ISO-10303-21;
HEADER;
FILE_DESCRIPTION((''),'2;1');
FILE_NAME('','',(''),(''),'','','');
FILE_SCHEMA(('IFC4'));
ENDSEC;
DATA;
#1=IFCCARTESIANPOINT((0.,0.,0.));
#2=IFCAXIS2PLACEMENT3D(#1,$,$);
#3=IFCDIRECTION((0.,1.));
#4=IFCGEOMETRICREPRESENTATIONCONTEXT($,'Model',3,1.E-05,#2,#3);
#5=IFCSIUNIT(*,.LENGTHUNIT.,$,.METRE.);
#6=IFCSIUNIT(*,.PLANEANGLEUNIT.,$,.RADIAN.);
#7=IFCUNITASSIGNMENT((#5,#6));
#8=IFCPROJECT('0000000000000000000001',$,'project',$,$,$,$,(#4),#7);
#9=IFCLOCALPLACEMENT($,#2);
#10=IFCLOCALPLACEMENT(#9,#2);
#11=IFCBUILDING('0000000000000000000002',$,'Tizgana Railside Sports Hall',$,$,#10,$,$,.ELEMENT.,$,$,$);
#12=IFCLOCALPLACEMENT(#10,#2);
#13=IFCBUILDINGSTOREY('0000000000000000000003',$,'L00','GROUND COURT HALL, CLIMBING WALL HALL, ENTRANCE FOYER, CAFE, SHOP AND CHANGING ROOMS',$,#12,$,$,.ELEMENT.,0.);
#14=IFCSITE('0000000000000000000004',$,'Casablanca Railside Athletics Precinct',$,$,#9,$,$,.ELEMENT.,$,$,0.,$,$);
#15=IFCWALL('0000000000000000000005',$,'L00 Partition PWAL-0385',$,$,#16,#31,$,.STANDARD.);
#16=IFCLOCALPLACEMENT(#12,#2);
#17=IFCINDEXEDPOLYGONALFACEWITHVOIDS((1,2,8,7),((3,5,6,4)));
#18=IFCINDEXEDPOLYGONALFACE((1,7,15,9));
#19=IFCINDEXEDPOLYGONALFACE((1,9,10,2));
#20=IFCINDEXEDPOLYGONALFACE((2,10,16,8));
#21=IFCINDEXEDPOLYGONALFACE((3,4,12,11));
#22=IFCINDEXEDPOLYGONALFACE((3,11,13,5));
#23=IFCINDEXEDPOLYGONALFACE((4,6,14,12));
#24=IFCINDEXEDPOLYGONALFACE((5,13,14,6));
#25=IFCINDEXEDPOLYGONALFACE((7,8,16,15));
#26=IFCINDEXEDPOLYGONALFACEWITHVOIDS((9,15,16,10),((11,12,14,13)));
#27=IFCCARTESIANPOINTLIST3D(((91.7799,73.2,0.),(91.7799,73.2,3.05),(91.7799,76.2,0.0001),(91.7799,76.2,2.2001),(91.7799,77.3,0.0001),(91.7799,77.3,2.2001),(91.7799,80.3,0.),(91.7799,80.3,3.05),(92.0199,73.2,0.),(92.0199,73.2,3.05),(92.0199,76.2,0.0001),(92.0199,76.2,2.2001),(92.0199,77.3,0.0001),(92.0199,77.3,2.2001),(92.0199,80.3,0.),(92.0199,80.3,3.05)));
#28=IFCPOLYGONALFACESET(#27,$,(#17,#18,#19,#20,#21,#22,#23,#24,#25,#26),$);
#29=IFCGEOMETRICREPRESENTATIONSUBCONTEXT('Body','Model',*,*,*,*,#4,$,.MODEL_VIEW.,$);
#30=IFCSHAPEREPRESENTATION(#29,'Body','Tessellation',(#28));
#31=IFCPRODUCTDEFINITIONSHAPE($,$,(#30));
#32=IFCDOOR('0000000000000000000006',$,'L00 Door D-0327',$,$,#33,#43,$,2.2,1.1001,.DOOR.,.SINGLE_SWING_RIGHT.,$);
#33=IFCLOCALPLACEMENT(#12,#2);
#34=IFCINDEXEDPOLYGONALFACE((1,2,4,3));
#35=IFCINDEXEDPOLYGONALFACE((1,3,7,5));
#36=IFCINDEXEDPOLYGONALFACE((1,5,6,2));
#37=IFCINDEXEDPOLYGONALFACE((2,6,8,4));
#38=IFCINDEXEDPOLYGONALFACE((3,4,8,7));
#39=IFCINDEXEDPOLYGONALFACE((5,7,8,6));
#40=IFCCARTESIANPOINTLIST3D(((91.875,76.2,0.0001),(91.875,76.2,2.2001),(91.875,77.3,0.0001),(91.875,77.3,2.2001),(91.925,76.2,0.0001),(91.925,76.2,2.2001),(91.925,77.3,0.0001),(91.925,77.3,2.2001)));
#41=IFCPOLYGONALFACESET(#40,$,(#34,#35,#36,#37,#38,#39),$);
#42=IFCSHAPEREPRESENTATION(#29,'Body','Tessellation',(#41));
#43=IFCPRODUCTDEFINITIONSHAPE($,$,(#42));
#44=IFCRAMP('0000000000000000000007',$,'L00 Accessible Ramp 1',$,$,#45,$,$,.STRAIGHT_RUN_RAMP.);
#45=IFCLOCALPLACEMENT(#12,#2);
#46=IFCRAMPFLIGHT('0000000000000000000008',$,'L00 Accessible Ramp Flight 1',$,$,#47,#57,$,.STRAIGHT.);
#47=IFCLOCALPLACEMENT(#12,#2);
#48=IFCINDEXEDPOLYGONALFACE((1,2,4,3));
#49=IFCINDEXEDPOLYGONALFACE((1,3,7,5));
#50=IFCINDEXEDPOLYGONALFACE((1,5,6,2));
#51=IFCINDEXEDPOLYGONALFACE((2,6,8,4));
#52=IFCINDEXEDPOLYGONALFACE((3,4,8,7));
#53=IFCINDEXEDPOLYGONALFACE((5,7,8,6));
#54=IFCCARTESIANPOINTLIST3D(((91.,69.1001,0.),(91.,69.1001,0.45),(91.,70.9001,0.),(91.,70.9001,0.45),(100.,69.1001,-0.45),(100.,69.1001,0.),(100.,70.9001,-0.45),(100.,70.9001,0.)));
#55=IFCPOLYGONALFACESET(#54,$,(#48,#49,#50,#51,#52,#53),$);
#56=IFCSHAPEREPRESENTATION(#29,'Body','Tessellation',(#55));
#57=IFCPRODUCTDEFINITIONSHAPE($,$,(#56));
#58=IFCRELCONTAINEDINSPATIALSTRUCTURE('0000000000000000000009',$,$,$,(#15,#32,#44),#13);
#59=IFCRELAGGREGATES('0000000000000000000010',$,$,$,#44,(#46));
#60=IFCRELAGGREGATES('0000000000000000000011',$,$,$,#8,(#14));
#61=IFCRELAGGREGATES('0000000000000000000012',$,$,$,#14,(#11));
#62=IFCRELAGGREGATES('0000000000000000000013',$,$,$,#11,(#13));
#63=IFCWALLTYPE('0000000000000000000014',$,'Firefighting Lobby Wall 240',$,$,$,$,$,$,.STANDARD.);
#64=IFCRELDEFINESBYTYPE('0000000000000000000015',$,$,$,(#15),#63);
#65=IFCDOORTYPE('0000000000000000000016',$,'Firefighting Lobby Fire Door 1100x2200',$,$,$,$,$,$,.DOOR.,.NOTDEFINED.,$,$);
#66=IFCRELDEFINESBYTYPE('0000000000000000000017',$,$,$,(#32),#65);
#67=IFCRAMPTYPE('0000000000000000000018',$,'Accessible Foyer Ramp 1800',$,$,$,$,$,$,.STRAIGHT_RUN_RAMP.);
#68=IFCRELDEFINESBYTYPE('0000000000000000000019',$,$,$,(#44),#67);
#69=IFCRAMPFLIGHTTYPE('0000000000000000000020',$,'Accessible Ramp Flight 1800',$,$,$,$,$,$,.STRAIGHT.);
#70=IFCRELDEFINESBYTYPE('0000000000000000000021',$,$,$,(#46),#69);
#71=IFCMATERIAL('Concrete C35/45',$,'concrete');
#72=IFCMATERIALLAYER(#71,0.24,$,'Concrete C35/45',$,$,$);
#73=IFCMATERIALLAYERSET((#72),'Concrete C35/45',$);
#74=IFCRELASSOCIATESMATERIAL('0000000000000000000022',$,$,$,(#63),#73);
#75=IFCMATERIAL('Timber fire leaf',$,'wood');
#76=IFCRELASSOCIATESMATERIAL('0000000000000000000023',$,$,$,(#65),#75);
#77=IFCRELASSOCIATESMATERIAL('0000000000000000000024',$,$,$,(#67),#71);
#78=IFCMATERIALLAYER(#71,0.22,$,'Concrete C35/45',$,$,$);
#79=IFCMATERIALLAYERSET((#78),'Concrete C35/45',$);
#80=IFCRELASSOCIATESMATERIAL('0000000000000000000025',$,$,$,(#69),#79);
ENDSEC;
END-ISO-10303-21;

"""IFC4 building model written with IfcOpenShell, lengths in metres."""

from ifc_helpers import new_model, si_unit, direction, frame, frame_2d, origin, place, context, subcontext, project, spatial, polyline, rectangle, outline, extrude, material, layer, layer_set, type_object, element, fill, aggregate, save


model = new_model("IFC4")

# Units and contexts
model_context = context("Model", 3, precision=1e-05, world=origin(), true_north=direction((0.0, 1.0)))
body_context = subcontext(model_context, "Body", "Model", "MODEL_VIEW")
ifc_project = project(units=[si_unit("LENGTHUNIT", "METRE"), si_unit("PLANEANGLEUNIT", "RADIAN")], contexts=[model_context])

# Site, building, storey
site_placement = place(None, origin())
site = spatial("IfcSite", under=ifc_project, at=site_placement, Name="Casablanca Railside Athletics Precinct", CompositionType="ELEMENT", RefElevation=0.0)
building_placement = place(site_placement, origin())
building = spatial("IfcBuilding", under=site, at=building_placement, Name="Tizgana Railside Sports Hall", CompositionType="ELEMENT")
storey_placement = place(building_placement, origin())
storey = spatial("IfcBuildingStorey", under=building, at=storey_placement, Name="L00", Description="GROUND COURT HALL, CLIMBING WALL HALL, ENTRANCE FOYER, CAFE, SHOP AND CHANGING ROOMS", CompositionType="ELEMENT", Elevation=0.0)

# Shared definitions
ifc_material_1 = material(Name="Concrete C35/45", Category="concrete")

# Wall, opening, door
ifc_layer_1 = layer(ifc_material_1, 0.24, Name="Concrete C35/45")
ifc_layer_set_1 = layer_set([ifc_layer_1], Name="Concrete C35/45")
wall_type_1 = type_object("IfcWallType", Name="Firefighting Lobby Wall 240", PredefinedType="STANDARD", material=ifc_layer_set_1)
wall_1_placement = place(storey_placement, frame((91.8999, 73.2, 0.0), z_axis=(0.0, 0.0, 1.0), x_axis=(0.0, 1.0, 0.0)))
wall_1 = element("IfcWall", 1, at=wall_1_placement, inside=storey, type_object=wall_type_1, Name="L00 Partition PWAL-0385", PredefinedType="STANDARD", context=body_context, shape_type="SweptSolid", body=[
    extrude(rectangle(XDim=7.1001, YDim=0.24, at=frame_2d((3.55, 0.0))), origin(), (0.0, 0.0, 1.0), 3.05),
])
opening_1_placement = place(wall_1_placement, frame((3.0, 0.0, 0.0)))
opening_1 = element("IfcOpeningElement", 2, at=opening_1_placement, cuts=wall_1, PredefinedType="OPENING", context=body_context, shape_type="SweptSolid", body=[
    extrude(rectangle(XDim=1.1001, YDim=2.2, at=frame_2d((0.55, 1.1001))), frame((0.0, 0.1299, 0.0), z_axis=(0.0, -1.0, 0.0), x_axis=(1.0, 0.0, 0.0)), (0.0, 0.0, 1.0), 0.26),
])
ifc_material_2 = material(Name="Timber fire leaf", Category="wood")
door_type_1 = type_object("IfcDoorType", Name="Firefighting Lobby Fire Door 1100x2200", OperationType="NOTDEFINED", PredefinedType="DOOR", material=ifc_material_2)
door_1_placement = place(opening_1_placement, origin())
door_1 = element("IfcDoor", 3, at=door_1_placement, inside=storey, type_object=door_type_1, Name="L00 Door D-0327", OperationType="SINGLE_SWING_RIGHT", OverallHeight=2.2, OverallWidth=1.1001, PredefinedType="DOOR", context=body_context, shape_type="SweptSolid", body=[
    extrude(rectangle(XDim=1.1001, YDim=2.2, at=frame_2d((0.55, 1.1001))), frame((0.0, 0.0249, 0.0), z_axis=(0.0, -1.0, 0.0), x_axis=(1.0, 0.0, 0.0)), (0.0, 0.0, 1.0), 0.05),
])
fill(opening_1, door_1)

# Ramp, ramp flight
ramp_type = type_object("IfcRampType", Name="Accessible Foyer Ramp 1800", PredefinedType="STRAIGHT_RUN_RAMP", material=ifc_material_1)
ramp_placement = place(storey_placement, origin())
ramp = element("IfcRamp", 4, at=ramp_placement, inside=storey, type_object=ramp_type, Name="L00 Accessible Ramp 1", PredefinedType="STRAIGHT_RUN_RAMP")
ifc_layer_2 = layer(ifc_material_1, 0.22, Name="Concrete C35/45")
ifc_layer_set_2 = layer_set([ifc_layer_2], Name="Concrete C35/45")
ramp_flight_type = type_object("IfcRampFlightType", Name="Accessible Ramp Flight 1800", PredefinedType="STRAIGHT", material=ifc_layer_set_2)
ramp_flight_placement = place(storey_placement, frame((100.0, 70.0, 0.0), z_axis=(0.0, 0.0, 1.0), x_axis=(-1.0, 0.0, 0.0)))
ramp_flight = element("IfcRampFlight", 5, at=ramp_flight_placement, type_object=ramp_flight_type, Name="L00 Accessible Ramp Flight 1", PredefinedType="STRAIGHT", context=body_context, shape_type="SweptSolid", body=[
    extrude(outline(polyline([(0.0, 0.0), (9.0, 0.45), (9.0, 0.0), (0.0, -0.45), (0.0, 0.0)])), frame((0.0, 0.8999, 0.0), z_axis=(0.0, -1.0, 0.0), x_axis=(1.0, 0.0, 0.0)), (0.0, 0.0, 1.0), 1.8),
])
aggregate(ramp, [ramp_flight])

save(model, "model.ifc")
